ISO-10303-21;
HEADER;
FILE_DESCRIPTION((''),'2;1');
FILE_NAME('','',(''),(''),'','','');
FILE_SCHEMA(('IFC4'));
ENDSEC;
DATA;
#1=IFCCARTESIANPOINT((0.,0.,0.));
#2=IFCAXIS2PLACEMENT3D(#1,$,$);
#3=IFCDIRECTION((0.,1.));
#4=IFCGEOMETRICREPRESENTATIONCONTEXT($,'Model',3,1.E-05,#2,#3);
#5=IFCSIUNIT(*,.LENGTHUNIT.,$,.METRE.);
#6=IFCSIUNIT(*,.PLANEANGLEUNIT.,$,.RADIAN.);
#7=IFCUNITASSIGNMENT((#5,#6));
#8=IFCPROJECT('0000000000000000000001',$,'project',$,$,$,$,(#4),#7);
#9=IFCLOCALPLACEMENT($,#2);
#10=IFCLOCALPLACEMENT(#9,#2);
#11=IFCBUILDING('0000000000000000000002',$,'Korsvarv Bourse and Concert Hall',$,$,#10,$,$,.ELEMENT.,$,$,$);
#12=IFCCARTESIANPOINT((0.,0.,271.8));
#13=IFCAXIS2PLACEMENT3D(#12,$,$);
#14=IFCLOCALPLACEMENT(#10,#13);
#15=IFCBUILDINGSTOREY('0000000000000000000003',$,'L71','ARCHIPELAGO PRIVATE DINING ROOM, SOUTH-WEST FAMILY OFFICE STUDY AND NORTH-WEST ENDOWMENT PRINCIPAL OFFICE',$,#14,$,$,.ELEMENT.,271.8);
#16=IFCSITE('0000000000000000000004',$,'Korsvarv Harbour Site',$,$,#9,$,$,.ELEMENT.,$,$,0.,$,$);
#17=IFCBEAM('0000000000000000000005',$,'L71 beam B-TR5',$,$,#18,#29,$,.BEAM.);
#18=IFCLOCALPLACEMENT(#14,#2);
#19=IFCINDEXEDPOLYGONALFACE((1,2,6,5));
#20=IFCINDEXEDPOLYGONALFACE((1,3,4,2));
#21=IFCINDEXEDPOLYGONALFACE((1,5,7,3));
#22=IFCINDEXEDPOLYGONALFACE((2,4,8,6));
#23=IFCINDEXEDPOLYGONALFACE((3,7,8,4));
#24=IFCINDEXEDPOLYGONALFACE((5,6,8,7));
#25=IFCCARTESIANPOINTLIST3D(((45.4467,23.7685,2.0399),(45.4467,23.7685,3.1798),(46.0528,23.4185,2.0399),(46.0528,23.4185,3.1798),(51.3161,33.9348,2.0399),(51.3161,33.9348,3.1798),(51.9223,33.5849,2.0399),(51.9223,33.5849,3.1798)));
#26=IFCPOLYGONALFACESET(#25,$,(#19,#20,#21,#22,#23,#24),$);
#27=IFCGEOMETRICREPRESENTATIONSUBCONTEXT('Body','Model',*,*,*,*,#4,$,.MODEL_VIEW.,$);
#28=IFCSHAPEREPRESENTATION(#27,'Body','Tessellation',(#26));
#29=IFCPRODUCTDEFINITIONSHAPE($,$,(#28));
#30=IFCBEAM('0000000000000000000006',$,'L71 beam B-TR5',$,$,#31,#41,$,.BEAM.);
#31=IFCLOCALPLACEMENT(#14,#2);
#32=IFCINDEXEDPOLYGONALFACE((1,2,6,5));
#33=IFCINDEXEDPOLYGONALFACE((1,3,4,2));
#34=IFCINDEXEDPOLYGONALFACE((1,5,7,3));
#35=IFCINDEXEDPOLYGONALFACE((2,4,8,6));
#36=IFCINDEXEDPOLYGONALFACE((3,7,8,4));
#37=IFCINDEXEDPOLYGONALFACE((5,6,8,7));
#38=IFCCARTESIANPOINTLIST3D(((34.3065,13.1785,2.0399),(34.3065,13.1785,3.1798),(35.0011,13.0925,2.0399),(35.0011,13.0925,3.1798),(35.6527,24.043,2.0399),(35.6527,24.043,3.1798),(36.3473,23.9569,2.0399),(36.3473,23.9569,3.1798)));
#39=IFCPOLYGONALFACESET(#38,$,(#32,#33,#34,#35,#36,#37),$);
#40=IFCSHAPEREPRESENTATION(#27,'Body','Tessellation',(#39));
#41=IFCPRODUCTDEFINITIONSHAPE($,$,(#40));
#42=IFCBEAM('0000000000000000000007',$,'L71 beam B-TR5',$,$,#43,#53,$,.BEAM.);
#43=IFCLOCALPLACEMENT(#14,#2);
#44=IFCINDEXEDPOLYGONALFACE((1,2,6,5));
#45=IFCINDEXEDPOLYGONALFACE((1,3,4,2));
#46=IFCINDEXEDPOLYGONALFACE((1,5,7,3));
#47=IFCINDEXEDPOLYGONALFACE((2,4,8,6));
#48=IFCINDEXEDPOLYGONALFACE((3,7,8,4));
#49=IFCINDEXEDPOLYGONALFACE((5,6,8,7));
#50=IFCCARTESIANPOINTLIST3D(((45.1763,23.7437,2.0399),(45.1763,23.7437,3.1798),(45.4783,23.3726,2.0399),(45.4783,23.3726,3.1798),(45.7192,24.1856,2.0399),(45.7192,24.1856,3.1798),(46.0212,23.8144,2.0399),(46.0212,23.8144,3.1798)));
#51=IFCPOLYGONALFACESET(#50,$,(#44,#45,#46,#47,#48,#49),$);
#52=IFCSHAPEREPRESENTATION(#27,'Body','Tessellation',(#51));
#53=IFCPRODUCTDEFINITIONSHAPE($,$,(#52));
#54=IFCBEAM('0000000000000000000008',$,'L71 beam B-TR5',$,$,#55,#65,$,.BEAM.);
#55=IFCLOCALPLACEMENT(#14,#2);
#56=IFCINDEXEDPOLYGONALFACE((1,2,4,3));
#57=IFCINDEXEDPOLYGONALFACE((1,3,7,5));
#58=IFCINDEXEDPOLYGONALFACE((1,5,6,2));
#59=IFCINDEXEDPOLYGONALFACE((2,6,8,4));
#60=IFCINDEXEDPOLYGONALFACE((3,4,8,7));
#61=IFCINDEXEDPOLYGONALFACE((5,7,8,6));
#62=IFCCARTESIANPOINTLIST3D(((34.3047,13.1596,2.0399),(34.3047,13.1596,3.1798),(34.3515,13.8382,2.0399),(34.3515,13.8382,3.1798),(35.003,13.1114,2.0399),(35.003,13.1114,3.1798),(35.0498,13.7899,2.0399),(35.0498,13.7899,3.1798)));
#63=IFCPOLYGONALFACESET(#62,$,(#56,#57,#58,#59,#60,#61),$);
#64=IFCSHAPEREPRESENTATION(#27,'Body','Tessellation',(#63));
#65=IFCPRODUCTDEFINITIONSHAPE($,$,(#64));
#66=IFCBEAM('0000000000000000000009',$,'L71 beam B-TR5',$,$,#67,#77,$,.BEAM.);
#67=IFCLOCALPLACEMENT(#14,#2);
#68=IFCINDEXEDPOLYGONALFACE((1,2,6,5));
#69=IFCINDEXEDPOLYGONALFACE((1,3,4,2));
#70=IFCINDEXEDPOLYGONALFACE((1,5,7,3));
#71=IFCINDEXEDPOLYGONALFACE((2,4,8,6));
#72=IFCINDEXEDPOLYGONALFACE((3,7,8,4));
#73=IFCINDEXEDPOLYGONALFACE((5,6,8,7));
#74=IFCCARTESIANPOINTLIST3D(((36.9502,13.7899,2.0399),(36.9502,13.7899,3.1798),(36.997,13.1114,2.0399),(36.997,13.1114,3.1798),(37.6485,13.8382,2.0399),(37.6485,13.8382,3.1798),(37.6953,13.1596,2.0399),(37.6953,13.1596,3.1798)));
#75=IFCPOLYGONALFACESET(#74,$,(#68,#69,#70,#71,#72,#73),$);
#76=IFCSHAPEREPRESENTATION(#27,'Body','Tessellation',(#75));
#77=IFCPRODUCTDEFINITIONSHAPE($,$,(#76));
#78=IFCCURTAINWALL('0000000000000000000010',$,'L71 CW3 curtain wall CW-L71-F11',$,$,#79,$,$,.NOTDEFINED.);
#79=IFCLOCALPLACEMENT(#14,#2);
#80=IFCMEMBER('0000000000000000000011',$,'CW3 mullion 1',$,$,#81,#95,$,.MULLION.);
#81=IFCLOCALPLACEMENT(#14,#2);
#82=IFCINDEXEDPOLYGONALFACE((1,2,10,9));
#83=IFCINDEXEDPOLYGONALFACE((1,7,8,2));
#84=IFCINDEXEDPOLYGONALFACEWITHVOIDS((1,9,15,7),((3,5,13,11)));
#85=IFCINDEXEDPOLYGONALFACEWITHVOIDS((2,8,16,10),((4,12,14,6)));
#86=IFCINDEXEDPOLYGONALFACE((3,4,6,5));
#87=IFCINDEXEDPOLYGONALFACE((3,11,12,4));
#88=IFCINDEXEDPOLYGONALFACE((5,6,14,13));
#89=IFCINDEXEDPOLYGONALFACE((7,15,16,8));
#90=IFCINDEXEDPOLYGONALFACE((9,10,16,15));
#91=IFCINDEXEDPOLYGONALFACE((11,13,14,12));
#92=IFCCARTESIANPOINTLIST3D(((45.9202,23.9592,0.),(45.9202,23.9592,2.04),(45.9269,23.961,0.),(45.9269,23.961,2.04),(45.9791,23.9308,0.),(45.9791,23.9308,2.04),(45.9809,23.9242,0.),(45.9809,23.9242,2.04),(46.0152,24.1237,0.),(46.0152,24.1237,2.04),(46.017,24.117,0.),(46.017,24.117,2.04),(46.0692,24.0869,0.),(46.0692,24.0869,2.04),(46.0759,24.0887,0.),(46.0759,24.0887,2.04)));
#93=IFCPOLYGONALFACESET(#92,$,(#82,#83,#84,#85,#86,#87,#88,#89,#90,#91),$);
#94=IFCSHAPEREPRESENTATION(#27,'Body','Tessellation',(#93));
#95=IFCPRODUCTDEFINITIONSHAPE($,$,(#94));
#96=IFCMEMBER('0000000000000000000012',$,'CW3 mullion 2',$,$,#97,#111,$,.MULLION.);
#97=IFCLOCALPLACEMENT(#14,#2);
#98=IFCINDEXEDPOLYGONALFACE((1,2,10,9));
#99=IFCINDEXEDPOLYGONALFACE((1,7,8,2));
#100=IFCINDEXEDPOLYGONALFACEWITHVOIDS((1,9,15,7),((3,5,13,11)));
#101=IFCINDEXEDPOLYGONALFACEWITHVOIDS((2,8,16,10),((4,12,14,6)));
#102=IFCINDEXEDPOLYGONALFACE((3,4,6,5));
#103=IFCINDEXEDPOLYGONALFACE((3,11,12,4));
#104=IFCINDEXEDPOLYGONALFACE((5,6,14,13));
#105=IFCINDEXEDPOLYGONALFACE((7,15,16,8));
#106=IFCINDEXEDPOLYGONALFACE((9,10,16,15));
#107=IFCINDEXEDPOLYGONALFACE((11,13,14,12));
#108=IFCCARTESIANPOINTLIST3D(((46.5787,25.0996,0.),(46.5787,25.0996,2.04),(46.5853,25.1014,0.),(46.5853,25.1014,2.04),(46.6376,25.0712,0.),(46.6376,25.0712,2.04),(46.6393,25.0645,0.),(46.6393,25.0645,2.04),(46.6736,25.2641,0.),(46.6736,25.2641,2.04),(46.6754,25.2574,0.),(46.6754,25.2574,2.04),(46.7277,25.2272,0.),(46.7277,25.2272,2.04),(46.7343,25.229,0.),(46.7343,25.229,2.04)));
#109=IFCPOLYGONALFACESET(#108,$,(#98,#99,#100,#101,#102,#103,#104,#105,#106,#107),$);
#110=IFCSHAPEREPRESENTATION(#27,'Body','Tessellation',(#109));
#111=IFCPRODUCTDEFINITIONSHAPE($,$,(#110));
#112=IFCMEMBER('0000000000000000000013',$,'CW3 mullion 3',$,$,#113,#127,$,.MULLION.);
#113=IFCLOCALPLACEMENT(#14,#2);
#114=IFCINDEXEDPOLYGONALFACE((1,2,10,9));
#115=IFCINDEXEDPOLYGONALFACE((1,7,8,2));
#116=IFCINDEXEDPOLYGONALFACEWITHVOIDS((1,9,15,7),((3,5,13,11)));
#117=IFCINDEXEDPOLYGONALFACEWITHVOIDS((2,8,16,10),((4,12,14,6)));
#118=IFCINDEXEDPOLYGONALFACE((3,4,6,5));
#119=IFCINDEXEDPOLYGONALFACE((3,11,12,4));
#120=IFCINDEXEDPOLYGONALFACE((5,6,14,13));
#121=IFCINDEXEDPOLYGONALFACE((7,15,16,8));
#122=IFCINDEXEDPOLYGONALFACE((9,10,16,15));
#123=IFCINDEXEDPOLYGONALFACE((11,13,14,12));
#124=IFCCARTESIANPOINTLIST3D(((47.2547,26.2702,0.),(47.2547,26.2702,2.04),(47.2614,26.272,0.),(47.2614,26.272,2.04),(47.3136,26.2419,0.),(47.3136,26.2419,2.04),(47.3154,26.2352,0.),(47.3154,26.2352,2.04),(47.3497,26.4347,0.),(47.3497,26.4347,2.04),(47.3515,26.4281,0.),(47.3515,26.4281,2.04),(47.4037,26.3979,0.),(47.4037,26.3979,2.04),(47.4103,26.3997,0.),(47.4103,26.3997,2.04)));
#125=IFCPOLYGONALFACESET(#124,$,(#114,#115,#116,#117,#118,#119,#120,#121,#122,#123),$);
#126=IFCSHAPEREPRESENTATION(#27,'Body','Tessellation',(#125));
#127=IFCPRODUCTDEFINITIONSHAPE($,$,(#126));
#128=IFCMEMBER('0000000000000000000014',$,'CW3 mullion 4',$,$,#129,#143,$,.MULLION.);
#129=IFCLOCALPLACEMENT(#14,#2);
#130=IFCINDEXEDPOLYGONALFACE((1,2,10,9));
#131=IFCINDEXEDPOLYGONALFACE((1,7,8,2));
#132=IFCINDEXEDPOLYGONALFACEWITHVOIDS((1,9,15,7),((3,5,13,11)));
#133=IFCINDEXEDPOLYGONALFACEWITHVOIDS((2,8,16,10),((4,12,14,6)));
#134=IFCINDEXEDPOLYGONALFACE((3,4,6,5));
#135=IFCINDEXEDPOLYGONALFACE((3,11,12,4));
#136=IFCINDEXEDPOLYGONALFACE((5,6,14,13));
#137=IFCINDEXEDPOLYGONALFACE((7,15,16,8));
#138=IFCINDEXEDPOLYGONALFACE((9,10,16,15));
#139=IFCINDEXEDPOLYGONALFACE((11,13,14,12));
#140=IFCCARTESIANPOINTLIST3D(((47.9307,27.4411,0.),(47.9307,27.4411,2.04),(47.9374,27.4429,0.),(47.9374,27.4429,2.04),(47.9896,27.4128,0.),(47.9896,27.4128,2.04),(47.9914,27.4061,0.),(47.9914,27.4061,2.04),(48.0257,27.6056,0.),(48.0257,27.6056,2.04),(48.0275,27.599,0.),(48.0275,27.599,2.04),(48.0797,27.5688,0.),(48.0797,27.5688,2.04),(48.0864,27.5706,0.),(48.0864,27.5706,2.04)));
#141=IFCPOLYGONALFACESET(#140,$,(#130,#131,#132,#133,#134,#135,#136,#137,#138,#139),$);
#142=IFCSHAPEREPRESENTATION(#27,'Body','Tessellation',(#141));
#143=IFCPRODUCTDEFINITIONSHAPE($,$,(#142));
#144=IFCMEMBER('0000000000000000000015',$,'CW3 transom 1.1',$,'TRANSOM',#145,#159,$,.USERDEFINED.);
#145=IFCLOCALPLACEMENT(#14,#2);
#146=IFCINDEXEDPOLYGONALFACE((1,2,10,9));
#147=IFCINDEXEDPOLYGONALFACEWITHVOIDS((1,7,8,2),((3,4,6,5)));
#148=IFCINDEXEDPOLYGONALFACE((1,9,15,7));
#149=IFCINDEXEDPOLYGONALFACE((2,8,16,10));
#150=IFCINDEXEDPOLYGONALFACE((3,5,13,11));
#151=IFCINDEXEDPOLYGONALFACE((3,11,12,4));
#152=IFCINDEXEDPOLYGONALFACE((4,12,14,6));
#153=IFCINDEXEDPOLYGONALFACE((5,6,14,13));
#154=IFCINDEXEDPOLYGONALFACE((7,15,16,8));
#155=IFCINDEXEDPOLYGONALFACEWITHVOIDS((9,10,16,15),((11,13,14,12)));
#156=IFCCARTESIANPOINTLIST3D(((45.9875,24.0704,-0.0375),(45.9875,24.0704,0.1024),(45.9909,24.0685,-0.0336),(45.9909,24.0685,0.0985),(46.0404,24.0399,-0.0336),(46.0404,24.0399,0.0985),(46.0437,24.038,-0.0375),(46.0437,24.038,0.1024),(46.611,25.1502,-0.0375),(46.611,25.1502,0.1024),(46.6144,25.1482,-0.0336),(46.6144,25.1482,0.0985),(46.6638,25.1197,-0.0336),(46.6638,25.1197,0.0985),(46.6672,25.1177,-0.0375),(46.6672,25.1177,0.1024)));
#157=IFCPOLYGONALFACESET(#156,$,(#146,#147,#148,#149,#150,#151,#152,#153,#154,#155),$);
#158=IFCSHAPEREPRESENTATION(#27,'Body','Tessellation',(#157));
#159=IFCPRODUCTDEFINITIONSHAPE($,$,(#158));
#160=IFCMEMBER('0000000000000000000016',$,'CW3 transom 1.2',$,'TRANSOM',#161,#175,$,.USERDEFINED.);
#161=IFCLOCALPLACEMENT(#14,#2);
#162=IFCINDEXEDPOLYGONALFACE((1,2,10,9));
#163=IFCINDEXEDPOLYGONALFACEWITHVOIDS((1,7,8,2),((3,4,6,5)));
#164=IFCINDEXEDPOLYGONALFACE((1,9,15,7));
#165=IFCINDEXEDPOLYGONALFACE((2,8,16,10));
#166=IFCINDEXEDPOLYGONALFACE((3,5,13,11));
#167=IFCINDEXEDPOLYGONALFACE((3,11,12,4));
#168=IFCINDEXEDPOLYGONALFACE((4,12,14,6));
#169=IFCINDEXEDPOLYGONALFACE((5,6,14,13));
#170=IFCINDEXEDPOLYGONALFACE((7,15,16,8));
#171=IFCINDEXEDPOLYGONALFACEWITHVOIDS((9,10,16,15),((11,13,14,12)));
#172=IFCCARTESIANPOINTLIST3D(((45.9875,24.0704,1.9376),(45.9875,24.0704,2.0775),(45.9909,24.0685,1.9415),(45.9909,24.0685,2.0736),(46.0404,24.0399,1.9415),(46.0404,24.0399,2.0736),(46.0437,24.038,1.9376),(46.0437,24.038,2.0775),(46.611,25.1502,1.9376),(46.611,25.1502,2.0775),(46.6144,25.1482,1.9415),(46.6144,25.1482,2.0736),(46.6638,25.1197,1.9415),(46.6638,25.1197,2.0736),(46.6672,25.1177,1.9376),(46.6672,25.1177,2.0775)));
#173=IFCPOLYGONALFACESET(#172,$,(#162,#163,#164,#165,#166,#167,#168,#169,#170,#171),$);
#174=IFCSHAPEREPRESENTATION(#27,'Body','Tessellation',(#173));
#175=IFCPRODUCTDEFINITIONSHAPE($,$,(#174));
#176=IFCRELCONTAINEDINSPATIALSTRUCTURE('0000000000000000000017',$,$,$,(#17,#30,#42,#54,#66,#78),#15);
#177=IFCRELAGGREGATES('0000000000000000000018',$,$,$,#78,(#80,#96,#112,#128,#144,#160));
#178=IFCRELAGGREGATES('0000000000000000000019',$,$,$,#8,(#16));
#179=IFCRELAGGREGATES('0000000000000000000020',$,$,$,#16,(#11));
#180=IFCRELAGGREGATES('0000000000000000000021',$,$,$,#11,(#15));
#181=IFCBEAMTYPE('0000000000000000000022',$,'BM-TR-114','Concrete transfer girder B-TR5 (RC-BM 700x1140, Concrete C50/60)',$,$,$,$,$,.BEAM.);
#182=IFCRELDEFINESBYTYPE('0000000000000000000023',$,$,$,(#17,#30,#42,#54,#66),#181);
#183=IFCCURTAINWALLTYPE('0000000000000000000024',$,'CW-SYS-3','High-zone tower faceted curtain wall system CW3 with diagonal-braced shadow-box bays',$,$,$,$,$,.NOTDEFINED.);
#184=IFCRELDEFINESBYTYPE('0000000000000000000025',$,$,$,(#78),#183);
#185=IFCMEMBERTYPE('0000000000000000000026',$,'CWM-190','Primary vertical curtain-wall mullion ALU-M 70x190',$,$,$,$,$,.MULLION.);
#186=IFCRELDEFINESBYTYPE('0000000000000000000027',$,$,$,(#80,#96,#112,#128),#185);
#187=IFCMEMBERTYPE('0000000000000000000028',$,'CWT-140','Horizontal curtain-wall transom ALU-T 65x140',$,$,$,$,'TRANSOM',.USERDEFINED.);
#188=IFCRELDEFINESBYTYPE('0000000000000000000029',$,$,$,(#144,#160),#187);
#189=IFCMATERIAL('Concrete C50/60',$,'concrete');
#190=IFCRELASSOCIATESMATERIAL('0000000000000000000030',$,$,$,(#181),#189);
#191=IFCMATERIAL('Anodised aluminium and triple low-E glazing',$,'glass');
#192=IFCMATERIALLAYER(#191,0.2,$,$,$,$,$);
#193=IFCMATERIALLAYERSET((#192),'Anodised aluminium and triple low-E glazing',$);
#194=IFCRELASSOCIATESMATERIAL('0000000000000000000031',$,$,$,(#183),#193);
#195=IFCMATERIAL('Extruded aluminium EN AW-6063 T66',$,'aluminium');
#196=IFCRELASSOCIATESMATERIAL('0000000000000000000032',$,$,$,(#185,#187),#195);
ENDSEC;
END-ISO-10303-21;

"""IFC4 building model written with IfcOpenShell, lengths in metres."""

from ifc_helpers import new_model, si_unit, direction, frame, origin, origin_2d, place, context, subcontext, project, spatial, rectangle, hollow_rectangle, extrude, source, transform, mapped, material, layer, layer_set, material_profile, profile_set, type_object, element, aggregate, save


model = new_model("IFC4")

# Units and contexts
model_context = context("Model", 3, precision=1e-05, world=origin(), true_north=direction((0.0, 1.0)))
body_context = subcontext(model_context, "Body", "Model", "MODEL_VIEW")
ifc_project = project(units=[si_unit("LENGTHUNIT", "METRE"), si_unit("PLANEANGLEUNIT", "RADIAN")], contexts=[model_context])

# Site, building, storey
site_placement = place(None, origin())
site = spatial("IfcSite", under=ifc_project, at=site_placement, Name="Korsvarv Harbour Site", CompositionType="ELEMENT", RefElevation=0.0)
building_placement = place(site_placement, origin())
building = spatial("IfcBuilding", under=site, at=building_placement, Name="Korsvarv Bourse and Concert Hall", CompositionType="ELEMENT")
storey_placement = place(building_placement, frame((0.0, 0.0, 271.8)))
storey = spatial("IfcBuildingStorey", under=building, at=storey_placement, Name="L71", Description="ARCHIPELAGO PRIVATE DINING ROOM, SOUTH-WEST FAMILY OFFICE STUDY AND NORTH-WEST ENDOWMENT PRINCIPAL OFFICE", CompositionType="ELEMENT", Elevation=271.8)

# Shared definitions
ifc_material_1 = material(Name="Concrete C50/60", Category="concrete")

# Beams
ifc_material_profile_1 = material_profile(ifc_material_1, rectangle(XDim=0.7, YDim=1.1399, at=origin_2d()), Name="RC-BM 700x1140")
ifc_profile_set_1 = profile_set([ifc_material_profile_1], Name="Concrete C50/60")
beam_type = type_object("IfcBeamType", Name="BM-TR-114", Description="Concrete transfer girder B-TR5 (RC-BM 700x1140, Concrete C50/60)", PredefinedType="BEAM", material=ifc_profile_set_1)
shared_shape_1 = source(origin(), body_context, "Body", "SweptSolid", [
    extrude(rectangle(XDim=0.7, YDim=1.1399, at=origin_2d()), origin(), (0.0, 0.0, 1.0), 11.739),
])
beam_1_placement = place(storey_placement, frame((45.7498, 23.5935, 2.6099), z_axis=(0.499993, 0.866029, 0.0), x_axis=(-0.866029, 0.499993, 0.0)))
element("IfcBeam", 1, at=beam_1_placement, inside=storey, type_object=beam_type, Name="L71 beam B-TR5", PredefinedType="BEAM", context=body_context, shape_type="MappedRepresentation", body=[
    mapped(shared_shape_1, transform((0.0, 0.0, 0.0), scale=1.0)),
])
shared_shape_2 = source(origin(), body_context, "Body", "SweptSolid", [
    extrude(rectangle(XDim=0.7, YDim=1.1399, at=origin_2d()), origin(), (0.0, 0.0, 1.0), 10.9475),
])
beam_2_placement = place(storey_placement, frame((34.6538, 13.1355, 2.6099), z_axis=(0.122967, 0.992411, 0.0), x_axis=(-0.992411, 0.122967, 0.0)))
element("IfcBeam", 2, at=beam_2_placement, inside=storey, type_object=beam_type, Name="L71 beam B-TR5", PredefinedType="BEAM", context=body_context, shape_type="MappedRepresentation", body=[
    mapped(shared_shape_2, transform((0.0, 0.0, 0.0), scale=1.0)),
])
shared_shape_3 = source(origin(), body_context, "Body", "SweptSolid", [
    extrude(rectangle(XDim=0.7, YDim=1.1399, at=origin_2d()), origin(), (0.0, 0.0, 1.0), 0.4785),
])
beam_3_placement = place(storey_placement, frame((45.7498, 23.5935, 2.6099), z_axis=(-0.631207, 0.775614, 0.0), x_axis=(-0.775614, -0.631207, 0.0)))
element("IfcBeam", 3, at=beam_3_placement, inside=storey, type_object=beam_type, Name="L71 beam B-TR5", PredefinedType="BEAM", context=body_context, shape_type="MappedRepresentation", body=[
    mapped(shared_shape_3, transform((0.0, 0.0, 0.0), scale=1.0)),
])
shared_shape_4 = source(origin(), body_context, "Body", "SweptSolid", [
    extrude(rectangle(XDim=0.7, YDim=1.1399, at=origin_2d()), origin(), (0.0, 0.0, 1.0), 0.6802),
])
for number, where, z_axis, x_axis, name in (
    (4, (34.6538, 13.1355, 2.6099), (0.068925, 0.997622, 0.0), (-0.997622, 0.068925, 0.0), "L71 beam B-TR5"),
    (5, (37.3462, 13.1355, 2.6099), (-0.068925, 0.997622, 0.0), (-0.997622, -0.068925, 0.0), "L71 beam B-TR5"),
):
    element("IfcBeam", number, at=place(storey_placement, frame(where, z_axis=z_axis, x_axis=x_axis)), inside=storey, type_object=beam_type, Name=name, PredefinedType="BEAM", context=body_context, shape_type="MappedRepresentation", body=[
        mapped(shared_shape_4, transform((0.0, 0.0, 0.0), scale=1.0)),
    ])

# Curtain wall, members
ifc_material_2 = material(Name="Anodised aluminium and triple low-E glazing", Category="glass")
ifc_layer_1 = layer(ifc_material_2, 0.2)
ifc_layer_set_1 = layer_set([ifc_layer_1], Name="Anodised aluminium and triple low-E glazing")
curtain_wall_type = type_object("IfcCurtainWallType", Name="CW-SYS-3", Description="High-zone tower faceted curtain wall system CW3 with diagonal-braced shadow-box bays", PredefinedType="NOTDEFINED", material=ifc_layer_set_1)
curtain_wall_placement = place(storey_placement, origin())
curtain_wall = element("IfcCurtainWall", 6, at=curtain_wall_placement, inside=storey, type_object=curtain_wall_type, Name="L71 CW3 curtain wall CW-L71-F11", PredefinedType="NOTDEFINED")
ifc_material_3 = material(Name="Extruded aluminium EN AW-6063 T66", Category="aluminium")
ifc_material_profile_2 = material_profile(ifc_material_3, hollow_rectangle(XDim=0.0701, YDim=0.1899, WallThickness=0.0049, at=origin_2d()), Name="ALU-M 70x190")
ifc_profile_set_2 = profile_set([ifc_material_profile_2], Name="Extruded aluminium EN AW-6063 T66")
member_type_1 = type_object("IfcMemberType", Name="CWM-190", Description="Primary vertical curtain-wall mullion ALU-M 70x190", PredefinedType="MULLION", material=ifc_profile_set_2)
shared_shape_5 = source(origin(), body_context, "Body", "SweptSolid", [
    extrude(hollow_rectangle(XDim=0.0701, YDim=0.1899, WallThickness=0.0049, at=origin_2d()), origin(), (0.0, 0.0, 1.0), 2.04),
])
member_1_placement = place(storey_placement, frame((45.998, 24.0239, 0.0), z_axis=(0.0, 0.0, 1.0), x_axis=(-0.866023, 0.500004, 0.0)))
member_1 = element("IfcMember", 7, at=member_1_placement, type_object=member_type_1, Name="CW3 mullion 1", PredefinedType="MULLION", context=body_context, shape_type="MappedRepresentation", body=[
    mapped(shared_shape_5, transform((0.0, 0.0, 0.0), scale=1.0)),
])
member_2_placement = place(storey_placement, frame((46.6565, 25.1643, 0.0), z_axis=(0.0, 0.0, 1.0), x_axis=(-0.866023, 0.500004, 0.0)))
member_2 = element("IfcMember", 8, at=member_2_placement, type_object=member_type_1, Name="CW3 mullion 2", PredefinedType="MULLION", context=body_context, shape_type="MappedRepresentation", body=[
    mapped(shared_shape_5, transform((0.0, 0.0, 0.0), scale=1.0)),
])
member_3_placement = place(storey_placement, frame((47.3325, 26.335, 0.0), z_axis=(0.0, 0.0, 1.0), x_axis=(-0.866023, 0.500004, 0.0)))
member_3 = element("IfcMember", 9, at=member_3_placement, type_object=member_type_1, Name="CW3 mullion 3", PredefinedType="MULLION", context=body_context, shape_type="MappedRepresentation", body=[
    mapped(shared_shape_5, transform((0.0, 0.0, 0.0), scale=1.0)),
])
member_4_placement = place(storey_placement, frame((48.0085, 27.5059, 0.0), z_axis=(0.0, 0.0, 1.0), x_axis=(-0.866023, 0.500004, 0.0)))
member_4 = element("IfcMember", 10, at=member_4_placement, type_object=member_type_1, Name="CW3 mullion 4", PredefinedType="MULLION", context=body_context, shape_type="MappedRepresentation", body=[
    mapped(shared_shape_5, transform((0.0, 0.0, 0.0), scale=1.0)),
])
ifc_material_profile_3 = material_profile(ifc_material_3, hollow_rectangle(XDim=0.0649, YDim=0.1399, WallThickness=0.0039, at=origin_2d()), Name="ALU-T 65x140")
ifc_profile_set_3 = profile_set([ifc_material_profile_3], Name="Extruded aluminium EN AW-6063 T66")
member_type_2 = type_object("IfcMemberType", Name="CWT-140", Description="Horizontal curtain-wall transom ALU-T 65x140", ElementType="TRANSOM", PredefinedType="USERDEFINED", material=ifc_profile_set_3)
shared_shape_6 = source(origin(), body_context, "Body", "SweptSolid", [
    extrude(hollow_rectangle(XDim=0.0649, YDim=0.1399, WallThickness=0.0039, at=origin_2d()), origin(), (0.0, 0.0, 1.0), 1.2468),
])
member_5_placement = place(storey_placement, frame((46.0156, 24.0542, 0.0325), z_axis=(0.500056, 0.865993, 0.0), x_axis=(-0.865993, 0.500056, 0.0)))
member_5 = element("IfcMember", 11, at=member_5_placement, type_object=member_type_2, Name="CW3 transom 1.1", ObjectType="TRANSOM", PredefinedType="USERDEFINED", context=body_context, shape_type="MappedRepresentation", body=[
    mapped(shared_shape_6, transform((0.0, 0.0, 0.0), scale=1.0)),
])
member_6_placement = place(storey_placement, frame((46.0156, 24.0542, 2.0076), z_axis=(0.500056, 0.865993, 0.0), x_axis=(-0.865993, 0.500056, 0.0)))
member_6 = element("IfcMember", 12, at=member_6_placement, type_object=member_type_2, Name="CW3 transom 1.2", ObjectType="TRANSOM", PredefinedType="USERDEFINED", context=body_context, shape_type="MappedRepresentation", body=[
    mapped(shared_shape_6, transform((0.0, 0.0, 0.0), scale=1.0)),
])
aggregate(curtain_wall, [member_1, member_2, member_3, member_4, member_5, member_6])

save(model, "model.ifc")
